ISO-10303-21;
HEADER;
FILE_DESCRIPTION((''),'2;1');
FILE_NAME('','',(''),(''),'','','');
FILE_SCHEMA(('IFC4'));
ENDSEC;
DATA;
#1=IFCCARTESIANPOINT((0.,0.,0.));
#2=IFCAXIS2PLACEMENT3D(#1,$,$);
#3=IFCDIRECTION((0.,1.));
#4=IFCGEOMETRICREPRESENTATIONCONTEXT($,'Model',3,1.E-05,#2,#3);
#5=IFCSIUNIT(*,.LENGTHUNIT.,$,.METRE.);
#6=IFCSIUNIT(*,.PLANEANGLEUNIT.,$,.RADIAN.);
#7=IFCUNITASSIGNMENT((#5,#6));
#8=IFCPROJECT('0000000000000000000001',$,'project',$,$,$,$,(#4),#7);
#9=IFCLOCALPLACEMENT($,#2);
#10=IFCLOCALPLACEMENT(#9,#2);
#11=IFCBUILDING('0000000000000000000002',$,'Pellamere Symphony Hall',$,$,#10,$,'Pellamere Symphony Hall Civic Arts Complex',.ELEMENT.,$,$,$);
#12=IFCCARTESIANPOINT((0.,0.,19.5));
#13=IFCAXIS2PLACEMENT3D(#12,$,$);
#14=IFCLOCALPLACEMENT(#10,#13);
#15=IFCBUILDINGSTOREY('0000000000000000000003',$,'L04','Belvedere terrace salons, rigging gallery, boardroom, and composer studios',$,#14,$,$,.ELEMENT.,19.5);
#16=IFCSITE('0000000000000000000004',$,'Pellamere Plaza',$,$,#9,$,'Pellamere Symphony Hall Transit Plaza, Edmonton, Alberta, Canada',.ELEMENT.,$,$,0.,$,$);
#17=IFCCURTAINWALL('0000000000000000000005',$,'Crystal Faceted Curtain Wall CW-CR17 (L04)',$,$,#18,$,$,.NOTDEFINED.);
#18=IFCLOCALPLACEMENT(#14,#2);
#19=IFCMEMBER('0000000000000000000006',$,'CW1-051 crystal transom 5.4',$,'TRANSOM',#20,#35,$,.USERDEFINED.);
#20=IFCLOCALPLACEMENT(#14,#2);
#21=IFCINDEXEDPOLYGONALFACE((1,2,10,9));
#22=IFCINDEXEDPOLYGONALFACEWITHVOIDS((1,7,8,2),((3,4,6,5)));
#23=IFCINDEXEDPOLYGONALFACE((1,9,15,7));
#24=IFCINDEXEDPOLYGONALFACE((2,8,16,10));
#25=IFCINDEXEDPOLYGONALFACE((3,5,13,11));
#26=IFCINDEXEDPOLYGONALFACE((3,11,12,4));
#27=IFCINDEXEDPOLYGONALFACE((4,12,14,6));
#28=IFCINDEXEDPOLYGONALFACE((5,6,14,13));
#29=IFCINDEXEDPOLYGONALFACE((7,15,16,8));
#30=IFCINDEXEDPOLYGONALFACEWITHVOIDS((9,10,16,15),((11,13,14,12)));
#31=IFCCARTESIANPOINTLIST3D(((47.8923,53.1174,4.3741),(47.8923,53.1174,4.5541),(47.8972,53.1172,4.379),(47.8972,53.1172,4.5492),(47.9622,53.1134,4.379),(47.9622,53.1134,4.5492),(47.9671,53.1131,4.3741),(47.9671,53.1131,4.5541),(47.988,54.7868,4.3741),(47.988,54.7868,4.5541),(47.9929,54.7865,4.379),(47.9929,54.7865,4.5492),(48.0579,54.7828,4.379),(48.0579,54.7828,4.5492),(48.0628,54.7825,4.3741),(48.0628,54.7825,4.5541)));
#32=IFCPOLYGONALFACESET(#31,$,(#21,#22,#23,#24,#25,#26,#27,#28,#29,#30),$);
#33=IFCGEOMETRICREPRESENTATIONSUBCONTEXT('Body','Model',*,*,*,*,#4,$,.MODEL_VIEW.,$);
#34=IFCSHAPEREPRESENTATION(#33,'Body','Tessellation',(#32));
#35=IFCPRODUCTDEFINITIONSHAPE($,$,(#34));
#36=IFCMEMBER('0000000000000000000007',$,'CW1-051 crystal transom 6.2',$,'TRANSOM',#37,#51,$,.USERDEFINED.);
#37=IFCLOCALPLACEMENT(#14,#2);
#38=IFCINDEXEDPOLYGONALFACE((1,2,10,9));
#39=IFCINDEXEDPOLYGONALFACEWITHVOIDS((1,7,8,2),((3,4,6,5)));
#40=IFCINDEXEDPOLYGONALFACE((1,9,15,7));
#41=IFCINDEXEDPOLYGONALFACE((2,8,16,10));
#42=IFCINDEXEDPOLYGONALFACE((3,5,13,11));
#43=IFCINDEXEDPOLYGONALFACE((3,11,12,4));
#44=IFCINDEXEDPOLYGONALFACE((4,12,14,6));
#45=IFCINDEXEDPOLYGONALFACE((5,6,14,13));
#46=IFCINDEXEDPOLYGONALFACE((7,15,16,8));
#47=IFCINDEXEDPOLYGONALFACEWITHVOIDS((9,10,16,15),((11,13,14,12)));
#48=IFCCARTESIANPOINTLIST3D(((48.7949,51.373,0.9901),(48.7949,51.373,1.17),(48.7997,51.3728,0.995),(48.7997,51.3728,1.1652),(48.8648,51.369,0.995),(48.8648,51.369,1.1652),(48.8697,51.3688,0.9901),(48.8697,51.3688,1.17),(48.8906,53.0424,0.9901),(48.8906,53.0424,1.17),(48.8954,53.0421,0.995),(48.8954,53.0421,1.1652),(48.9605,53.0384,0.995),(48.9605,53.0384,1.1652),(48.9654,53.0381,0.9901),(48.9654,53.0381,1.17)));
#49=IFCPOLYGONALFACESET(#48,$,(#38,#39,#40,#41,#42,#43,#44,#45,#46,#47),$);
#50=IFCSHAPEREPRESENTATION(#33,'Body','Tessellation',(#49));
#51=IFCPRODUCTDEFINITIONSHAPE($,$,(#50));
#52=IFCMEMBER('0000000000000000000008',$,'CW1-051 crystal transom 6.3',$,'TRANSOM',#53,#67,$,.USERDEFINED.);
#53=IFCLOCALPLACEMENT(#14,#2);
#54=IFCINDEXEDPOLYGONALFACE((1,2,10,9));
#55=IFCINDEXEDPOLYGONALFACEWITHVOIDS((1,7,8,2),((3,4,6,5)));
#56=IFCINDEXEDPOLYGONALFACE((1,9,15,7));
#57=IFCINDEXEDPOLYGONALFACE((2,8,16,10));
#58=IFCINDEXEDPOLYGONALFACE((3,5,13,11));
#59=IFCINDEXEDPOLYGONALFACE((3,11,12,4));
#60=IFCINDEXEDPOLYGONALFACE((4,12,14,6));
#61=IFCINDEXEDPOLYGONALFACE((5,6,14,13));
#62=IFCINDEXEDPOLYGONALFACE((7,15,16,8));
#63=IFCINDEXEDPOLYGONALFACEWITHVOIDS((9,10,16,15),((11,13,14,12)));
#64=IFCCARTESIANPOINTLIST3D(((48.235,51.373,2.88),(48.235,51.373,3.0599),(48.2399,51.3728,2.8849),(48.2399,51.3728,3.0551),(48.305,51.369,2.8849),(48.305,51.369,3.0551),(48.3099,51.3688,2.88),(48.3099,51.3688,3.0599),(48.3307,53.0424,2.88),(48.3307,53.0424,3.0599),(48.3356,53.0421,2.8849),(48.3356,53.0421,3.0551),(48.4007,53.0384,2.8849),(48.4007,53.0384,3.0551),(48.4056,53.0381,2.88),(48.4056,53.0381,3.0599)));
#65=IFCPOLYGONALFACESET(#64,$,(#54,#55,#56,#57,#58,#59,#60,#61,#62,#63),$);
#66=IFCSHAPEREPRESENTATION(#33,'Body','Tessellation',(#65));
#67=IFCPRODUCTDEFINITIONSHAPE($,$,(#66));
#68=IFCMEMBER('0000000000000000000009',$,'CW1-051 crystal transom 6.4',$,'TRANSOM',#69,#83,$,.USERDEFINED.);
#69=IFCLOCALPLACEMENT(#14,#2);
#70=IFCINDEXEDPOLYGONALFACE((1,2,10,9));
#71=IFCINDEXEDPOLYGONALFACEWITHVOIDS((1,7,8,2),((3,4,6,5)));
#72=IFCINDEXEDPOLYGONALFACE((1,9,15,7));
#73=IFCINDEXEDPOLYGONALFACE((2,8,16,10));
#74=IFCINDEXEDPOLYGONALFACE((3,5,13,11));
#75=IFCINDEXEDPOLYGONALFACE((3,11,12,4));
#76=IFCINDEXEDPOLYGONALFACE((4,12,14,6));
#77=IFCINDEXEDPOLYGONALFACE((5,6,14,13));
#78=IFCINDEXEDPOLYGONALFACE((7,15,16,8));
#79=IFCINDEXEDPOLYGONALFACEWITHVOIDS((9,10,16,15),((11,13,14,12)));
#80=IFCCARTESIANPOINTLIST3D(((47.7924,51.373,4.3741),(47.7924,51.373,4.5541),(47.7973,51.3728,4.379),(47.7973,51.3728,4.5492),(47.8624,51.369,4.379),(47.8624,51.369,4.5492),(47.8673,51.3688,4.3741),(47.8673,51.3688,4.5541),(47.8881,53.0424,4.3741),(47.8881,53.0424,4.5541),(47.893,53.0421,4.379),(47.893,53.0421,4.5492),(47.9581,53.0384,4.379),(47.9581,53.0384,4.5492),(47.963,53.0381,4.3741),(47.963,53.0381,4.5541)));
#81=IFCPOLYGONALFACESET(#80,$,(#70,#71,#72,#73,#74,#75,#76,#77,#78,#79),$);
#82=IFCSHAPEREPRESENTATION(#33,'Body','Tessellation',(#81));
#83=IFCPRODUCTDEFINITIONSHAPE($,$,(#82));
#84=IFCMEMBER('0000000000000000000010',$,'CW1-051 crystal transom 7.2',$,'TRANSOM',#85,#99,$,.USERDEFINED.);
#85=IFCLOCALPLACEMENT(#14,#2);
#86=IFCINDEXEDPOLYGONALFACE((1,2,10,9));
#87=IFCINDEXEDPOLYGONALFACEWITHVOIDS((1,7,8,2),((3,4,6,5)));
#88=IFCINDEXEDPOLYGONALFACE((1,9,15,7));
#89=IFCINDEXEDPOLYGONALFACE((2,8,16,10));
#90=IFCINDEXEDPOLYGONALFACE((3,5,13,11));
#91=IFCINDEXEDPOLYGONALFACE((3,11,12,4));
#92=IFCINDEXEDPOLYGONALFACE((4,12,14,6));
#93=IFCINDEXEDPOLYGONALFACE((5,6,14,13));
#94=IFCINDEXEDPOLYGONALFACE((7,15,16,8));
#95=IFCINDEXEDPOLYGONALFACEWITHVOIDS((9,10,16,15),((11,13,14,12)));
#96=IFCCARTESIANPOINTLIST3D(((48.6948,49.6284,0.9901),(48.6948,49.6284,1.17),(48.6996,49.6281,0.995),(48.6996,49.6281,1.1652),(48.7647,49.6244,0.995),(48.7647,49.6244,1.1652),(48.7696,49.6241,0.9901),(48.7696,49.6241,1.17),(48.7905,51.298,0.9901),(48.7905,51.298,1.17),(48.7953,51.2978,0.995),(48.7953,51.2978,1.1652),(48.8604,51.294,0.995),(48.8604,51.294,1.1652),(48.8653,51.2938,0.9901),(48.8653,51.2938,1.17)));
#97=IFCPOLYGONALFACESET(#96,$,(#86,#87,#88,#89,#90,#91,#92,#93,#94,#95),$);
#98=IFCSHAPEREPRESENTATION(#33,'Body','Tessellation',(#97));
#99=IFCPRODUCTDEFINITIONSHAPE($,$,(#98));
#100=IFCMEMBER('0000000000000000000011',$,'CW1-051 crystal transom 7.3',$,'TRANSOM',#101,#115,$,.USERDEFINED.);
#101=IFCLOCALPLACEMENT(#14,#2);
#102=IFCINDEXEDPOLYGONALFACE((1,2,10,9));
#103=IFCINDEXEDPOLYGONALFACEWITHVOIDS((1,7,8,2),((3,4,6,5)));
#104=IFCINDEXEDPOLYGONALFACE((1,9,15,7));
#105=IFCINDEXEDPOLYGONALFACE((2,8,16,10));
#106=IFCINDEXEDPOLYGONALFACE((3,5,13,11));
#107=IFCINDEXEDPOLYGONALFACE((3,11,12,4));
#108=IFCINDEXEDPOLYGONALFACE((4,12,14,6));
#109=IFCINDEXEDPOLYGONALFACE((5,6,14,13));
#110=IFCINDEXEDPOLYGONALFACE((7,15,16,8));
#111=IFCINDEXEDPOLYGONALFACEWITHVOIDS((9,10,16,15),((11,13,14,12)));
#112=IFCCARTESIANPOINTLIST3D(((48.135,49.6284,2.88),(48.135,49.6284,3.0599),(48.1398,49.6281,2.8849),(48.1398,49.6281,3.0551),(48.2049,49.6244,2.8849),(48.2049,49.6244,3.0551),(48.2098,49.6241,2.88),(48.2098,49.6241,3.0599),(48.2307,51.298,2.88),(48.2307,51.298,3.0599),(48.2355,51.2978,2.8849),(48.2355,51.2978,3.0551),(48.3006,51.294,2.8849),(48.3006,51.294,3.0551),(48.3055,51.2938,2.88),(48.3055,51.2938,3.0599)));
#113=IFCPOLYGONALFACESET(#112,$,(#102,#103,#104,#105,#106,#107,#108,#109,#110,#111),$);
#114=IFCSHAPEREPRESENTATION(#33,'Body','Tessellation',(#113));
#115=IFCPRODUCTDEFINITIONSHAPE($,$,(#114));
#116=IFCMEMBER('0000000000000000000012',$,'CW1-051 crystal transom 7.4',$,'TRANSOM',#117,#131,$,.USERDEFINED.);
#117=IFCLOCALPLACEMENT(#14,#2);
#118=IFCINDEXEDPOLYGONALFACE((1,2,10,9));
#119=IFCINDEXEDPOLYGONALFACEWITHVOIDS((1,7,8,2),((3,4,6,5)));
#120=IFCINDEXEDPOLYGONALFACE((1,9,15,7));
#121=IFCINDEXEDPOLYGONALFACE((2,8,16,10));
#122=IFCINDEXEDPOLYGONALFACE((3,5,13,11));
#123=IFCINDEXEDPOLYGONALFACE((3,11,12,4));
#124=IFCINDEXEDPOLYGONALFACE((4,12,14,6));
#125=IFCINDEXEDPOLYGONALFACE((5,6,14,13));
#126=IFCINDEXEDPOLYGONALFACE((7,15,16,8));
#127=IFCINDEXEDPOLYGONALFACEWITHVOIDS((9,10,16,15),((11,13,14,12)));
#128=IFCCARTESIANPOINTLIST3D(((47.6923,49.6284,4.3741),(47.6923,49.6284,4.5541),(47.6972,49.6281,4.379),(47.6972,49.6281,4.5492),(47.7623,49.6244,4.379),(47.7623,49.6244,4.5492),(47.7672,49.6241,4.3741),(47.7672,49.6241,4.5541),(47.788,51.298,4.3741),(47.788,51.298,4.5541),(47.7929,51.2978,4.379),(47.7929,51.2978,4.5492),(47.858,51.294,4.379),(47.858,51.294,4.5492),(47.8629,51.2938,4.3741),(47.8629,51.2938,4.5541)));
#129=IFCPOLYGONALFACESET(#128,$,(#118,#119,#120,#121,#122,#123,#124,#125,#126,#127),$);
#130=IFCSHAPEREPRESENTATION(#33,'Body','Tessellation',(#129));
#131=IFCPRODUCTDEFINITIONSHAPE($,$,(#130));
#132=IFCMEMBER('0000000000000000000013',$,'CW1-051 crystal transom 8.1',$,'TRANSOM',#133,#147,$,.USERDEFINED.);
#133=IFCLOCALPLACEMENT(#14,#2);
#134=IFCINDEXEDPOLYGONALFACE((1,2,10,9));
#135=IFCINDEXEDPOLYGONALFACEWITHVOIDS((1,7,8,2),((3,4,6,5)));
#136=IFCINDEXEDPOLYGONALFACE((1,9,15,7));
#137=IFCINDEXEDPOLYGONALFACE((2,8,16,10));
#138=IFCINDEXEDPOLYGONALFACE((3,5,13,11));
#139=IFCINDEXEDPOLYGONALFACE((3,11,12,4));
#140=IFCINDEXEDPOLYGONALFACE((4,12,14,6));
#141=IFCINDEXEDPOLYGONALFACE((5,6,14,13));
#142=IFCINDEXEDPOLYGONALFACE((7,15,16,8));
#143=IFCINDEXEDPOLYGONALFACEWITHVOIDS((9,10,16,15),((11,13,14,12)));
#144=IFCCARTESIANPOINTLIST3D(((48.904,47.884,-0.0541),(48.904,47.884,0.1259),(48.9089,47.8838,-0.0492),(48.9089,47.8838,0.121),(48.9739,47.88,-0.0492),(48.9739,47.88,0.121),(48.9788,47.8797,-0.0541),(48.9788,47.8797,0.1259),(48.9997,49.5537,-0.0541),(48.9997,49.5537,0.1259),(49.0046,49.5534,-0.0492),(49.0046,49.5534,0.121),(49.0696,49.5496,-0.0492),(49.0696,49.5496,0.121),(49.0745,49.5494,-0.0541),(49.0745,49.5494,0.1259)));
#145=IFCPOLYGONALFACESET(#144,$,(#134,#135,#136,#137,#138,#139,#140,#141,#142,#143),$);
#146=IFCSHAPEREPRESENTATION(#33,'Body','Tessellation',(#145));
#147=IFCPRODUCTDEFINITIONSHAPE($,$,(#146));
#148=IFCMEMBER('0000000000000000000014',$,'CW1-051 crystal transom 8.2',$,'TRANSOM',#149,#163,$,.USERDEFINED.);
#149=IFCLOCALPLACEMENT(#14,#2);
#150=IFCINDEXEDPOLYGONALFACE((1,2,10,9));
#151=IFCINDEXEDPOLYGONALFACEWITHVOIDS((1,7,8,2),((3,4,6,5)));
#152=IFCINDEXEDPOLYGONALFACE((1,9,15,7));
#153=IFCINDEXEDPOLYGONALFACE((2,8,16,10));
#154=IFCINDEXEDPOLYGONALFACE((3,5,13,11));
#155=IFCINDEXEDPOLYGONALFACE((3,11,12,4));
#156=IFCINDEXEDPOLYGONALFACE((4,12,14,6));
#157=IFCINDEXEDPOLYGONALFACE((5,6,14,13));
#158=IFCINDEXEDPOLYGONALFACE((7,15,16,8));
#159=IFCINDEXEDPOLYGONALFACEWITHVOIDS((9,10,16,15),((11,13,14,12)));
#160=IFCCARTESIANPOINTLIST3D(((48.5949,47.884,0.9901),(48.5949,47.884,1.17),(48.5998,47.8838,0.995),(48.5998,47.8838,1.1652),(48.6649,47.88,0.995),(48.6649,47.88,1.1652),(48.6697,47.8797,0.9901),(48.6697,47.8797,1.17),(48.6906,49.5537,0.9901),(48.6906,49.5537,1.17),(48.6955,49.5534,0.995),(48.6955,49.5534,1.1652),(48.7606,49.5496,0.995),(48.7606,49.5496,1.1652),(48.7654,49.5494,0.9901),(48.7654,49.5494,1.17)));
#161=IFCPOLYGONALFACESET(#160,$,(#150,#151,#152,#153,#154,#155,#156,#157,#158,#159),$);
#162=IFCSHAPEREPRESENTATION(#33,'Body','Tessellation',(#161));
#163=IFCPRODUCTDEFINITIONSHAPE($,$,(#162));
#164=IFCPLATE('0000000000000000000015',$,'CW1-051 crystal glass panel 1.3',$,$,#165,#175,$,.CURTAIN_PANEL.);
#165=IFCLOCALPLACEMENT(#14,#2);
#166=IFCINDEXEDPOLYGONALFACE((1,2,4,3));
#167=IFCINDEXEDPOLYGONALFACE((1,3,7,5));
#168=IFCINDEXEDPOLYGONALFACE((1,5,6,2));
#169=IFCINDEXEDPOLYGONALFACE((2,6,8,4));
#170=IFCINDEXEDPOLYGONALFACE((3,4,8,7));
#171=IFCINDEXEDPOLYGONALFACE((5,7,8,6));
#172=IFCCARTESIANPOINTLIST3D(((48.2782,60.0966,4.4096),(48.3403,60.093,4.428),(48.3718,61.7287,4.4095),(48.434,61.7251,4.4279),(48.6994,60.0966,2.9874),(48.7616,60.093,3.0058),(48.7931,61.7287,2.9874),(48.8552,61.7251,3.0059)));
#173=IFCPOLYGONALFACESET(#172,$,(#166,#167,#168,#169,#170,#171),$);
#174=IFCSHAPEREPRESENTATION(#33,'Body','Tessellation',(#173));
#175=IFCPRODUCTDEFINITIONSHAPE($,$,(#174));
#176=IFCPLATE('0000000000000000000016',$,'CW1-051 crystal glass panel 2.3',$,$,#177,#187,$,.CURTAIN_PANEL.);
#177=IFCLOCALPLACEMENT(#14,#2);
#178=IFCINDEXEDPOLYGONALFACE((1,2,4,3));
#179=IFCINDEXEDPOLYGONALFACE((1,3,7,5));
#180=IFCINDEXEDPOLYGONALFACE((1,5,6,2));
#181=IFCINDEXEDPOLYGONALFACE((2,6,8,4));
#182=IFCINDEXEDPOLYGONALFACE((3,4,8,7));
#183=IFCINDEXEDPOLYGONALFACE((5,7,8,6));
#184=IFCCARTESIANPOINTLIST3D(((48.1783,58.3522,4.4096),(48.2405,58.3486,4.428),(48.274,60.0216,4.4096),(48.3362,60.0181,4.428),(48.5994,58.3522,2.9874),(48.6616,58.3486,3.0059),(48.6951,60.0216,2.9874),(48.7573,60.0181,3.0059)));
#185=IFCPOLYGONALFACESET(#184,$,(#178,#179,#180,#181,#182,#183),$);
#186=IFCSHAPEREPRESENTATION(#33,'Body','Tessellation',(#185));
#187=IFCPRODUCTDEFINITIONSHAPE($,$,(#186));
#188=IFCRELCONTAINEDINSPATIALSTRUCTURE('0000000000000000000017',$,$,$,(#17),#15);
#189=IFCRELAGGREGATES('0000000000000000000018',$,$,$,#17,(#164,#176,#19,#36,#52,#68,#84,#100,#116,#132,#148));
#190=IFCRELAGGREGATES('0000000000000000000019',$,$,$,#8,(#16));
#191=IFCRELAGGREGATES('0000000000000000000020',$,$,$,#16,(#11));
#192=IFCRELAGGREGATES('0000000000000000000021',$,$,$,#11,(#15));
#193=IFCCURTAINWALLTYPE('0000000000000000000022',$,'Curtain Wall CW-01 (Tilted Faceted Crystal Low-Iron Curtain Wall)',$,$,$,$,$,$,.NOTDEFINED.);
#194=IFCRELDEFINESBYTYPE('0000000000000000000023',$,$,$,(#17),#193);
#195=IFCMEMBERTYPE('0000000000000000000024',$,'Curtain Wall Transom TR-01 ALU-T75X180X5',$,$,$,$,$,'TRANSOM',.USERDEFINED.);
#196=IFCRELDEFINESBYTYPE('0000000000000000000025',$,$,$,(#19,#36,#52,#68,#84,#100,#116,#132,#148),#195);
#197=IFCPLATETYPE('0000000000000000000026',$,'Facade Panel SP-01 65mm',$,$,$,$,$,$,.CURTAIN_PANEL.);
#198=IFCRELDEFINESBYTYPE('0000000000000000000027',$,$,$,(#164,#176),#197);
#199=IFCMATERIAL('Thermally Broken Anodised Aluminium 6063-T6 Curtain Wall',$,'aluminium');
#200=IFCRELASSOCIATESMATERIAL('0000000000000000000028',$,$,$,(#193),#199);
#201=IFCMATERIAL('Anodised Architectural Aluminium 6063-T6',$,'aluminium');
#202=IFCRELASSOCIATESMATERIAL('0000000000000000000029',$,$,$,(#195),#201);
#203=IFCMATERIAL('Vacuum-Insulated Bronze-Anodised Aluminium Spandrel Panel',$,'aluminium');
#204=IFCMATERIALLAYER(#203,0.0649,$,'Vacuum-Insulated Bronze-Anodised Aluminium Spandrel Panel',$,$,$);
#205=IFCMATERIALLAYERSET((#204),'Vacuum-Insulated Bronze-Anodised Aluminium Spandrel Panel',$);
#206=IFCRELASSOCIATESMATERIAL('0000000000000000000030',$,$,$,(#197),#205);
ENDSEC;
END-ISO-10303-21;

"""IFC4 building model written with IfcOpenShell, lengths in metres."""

from ifc_helpers import new_model, si_unit, direction, frame, origin, origin_2d, place, context, subcontext, project, spatial, polyline, hollow_rectangle, outline, extrude, material, layer, layer_set, material_profile, profile_set, type_object, element, aggregate, save


model = new_model("IFC4")

# Units and contexts
model_context = context("Model", 3, precision=1e-05, world=origin(), true_north=direction((0.0, 1.0)))
body_context = subcontext(model_context, "Body", "Model", "MODEL_VIEW")
ifc_project = project(units=[si_unit("LENGTHUNIT", "METRE"), si_unit("PLANEANGLEUNIT", "RADIAN")], contexts=[model_context])

# Site, building, storey
site_placement = place(None, origin())
site = spatial("IfcSite", under=ifc_project, at=site_placement, Name="Pellamere Plaza", LongName="Pellamere Symphony Hall Transit Plaza, Edmonton, Alberta, Canada", CompositionType="ELEMENT", RefElevation=0.0)
building_placement = place(site_placement, origin())
building = spatial("IfcBuilding", under=site, at=building_placement, Name="Pellamere Symphony Hall", LongName="Pellamere Symphony Hall Civic Arts Complex", CompositionType="ELEMENT")
storey_placement = place(building_placement, frame((0.0, 0.0, 19.5)))
storey = spatial("IfcBuildingStorey", under=building, at=storey_placement, Name="L04", Description="Belvedere terrace salons, rigging gallery, boardroom, and composer studios", CompositionType="ELEMENT", Elevation=19.5)

# Curtain wall, members, plates
ifc_material_1 = material(Name="Thermally Broken Anodised Aluminium 6063-T6 Curtain Wall", Category="aluminium")
curtain_wall_type = type_object("IfcCurtainWallType", Name="Curtain Wall CW-01 (Tilted Faceted Crystal Low-Iron Curtain Wall)", PredefinedType="NOTDEFINED", material=ifc_material_1)
curtain_wall_placement = place(storey_placement, origin())
curtain_wall = element("IfcCurtainWall", 1, at=curtain_wall_placement, inside=storey, type_object=curtain_wall_type, Name="Crystal Faceted Curtain Wall CW-CR17 (L04)", PredefinedType="NOTDEFINED")
ifc_material_2 = material(Name="Anodised Architectural Aluminium 6063-T6", Category="aluminium")
ifc_material_profile_1 = material_profile(ifc_material_2, hollow_rectangle(XDim=0.075, YDim=0.1799, WallThickness=0.0049, at=origin_2d()), Name="ALU-T75X180X5")
ifc_profile_set_1 = profile_set([ifc_material_profile_1], Name="Anodised Architectural Aluminium 6063-T6")
member_type_1 = type_object("IfcMemberType", Name="Curtain Wall Transom TR-01 ALU-T75X180X5", ElementType="TRANSOM", PredefinedType="USERDEFINED", material=ifc_profile_set_1)
member_1_placement = place(storey_placement, frame((48.0254, 54.7847, 4.4641), z_axis=(-0.057233, -0.998361, 0.0), x_axis=(0.998361, -0.057233, 0.0)))
member_1 = element("IfcMember", 2, at=member_1_placement, type_object=member_type_1, Name="CW1-051 crystal transom 5.4", ObjectType="TRANSOM", PredefinedType="USERDEFINED", context=body_context, shape_type="SweptSolid", body=[
    extrude(hollow_rectangle(XDim=0.075, YDim=0.1799, WallThickness=0.0049, at=origin_2d()), origin(), (0.0, 0.0, 1.0), 1.6721),
])
member_2_placement = place(storey_placement, frame((48.928, 53.0403, 1.0801), z_axis=(-0.057233, -0.998361, 0.0), x_axis=(0.998361, -0.057233, 0.0)))
member_2 = element("IfcMember", 3, at=member_2_placement, type_object=member_type_1, Name="CW1-051 crystal transom 6.2", ObjectType="TRANSOM", PredefinedType="USERDEFINED", context=body_context, shape_type="SweptSolid", body=[
    extrude(hollow_rectangle(XDim=0.075, YDim=0.1799, WallThickness=0.0049, at=origin_2d()), origin(), (0.0, 0.0, 1.0), 1.6721),
])
member_3_placement = place(storey_placement, frame((48.3682, 53.0403, 2.97), z_axis=(-0.057233, -0.998361, 0.0), x_axis=(0.998361, -0.057233, 0.0)))
member_3 = element("IfcMember", 4, at=member_3_placement, type_object=member_type_1, Name="CW1-051 crystal transom 6.3", ObjectType="TRANSOM", PredefinedType="USERDEFINED", context=body_context, shape_type="SweptSolid", body=[
    extrude(hollow_rectangle(XDim=0.075, YDim=0.1799, WallThickness=0.0049, at=origin_2d()), origin(), (0.0, 0.0, 1.0), 1.6721),
])
member_4_placement = place(storey_placement, frame((47.9255, 53.0403, 4.4641), z_axis=(-0.057233, -0.998361, 0.0), x_axis=(0.998361, -0.057233, 0.0)))
member_4 = element("IfcMember", 5, at=member_4_placement, type_object=member_type_1, Name="CW1-051 crystal transom 6.4", ObjectType="TRANSOM", PredefinedType="USERDEFINED", context=body_context, shape_type="SweptSolid", body=[
    extrude(hollow_rectangle(XDim=0.075, YDim=0.1799, WallThickness=0.0049, at=origin_2d()), origin(), (0.0, 0.0, 1.0), 1.6721),
])
member_5_placement = place(storey_placement, frame((48.8279, 51.2959, 1.0801), z_axis=(-0.057224, -0.998361, 0.0), x_axis=(0.998361, -0.057224, 0.0)))
member_5 = element("IfcMember", 6, at=member_5_placement, type_object=member_type_1, Name="CW1-051 crystal transom 7.2", ObjectType="TRANSOM", PredefinedType="USERDEFINED", context=body_context, shape_type="SweptSolid", body=[
    extrude(hollow_rectangle(XDim=0.075, YDim=0.1799, WallThickness=0.0049, at=origin_2d()), origin(), (0.0, 0.0, 1.0), 1.6724),
])
member_6_placement = place(storey_placement, frame((48.2681, 51.2959, 2.97), z_axis=(-0.057224, -0.998361, 0.0), x_axis=(0.998361, -0.057224, 0.0)))
member_6 = element("IfcMember", 7, at=member_6_placement, type_object=member_type_1, Name="CW1-051 crystal transom 7.3", ObjectType="TRANSOM", PredefinedType="USERDEFINED", context=body_context, shape_type="SweptSolid", body=[
    extrude(hollow_rectangle(XDim=0.075, YDim=0.1799, WallThickness=0.0049, at=origin_2d()), origin(), (0.0, 0.0, 1.0), 1.6724),
])
member_7_placement = place(storey_placement, frame((47.8254, 51.2959, 4.4641), z_axis=(-0.057224, -0.998361, 0.0), x_axis=(0.998361, -0.057224, 0.0)))
member_7 = element("IfcMember", 8, at=member_7_placement, type_object=member_type_1, Name="CW1-051 crystal transom 7.4", ObjectType="TRANSOM", PredefinedType="USERDEFINED", context=body_context, shape_type="SweptSolid", body=[
    extrude(hollow_rectangle(XDim=0.075, YDim=0.1799, WallThickness=0.0049, at=origin_2d()), origin(), (0.0, 0.0, 1.0), 1.6724),
])
member_8_placement = place(storey_placement, frame((49.0371, 49.5515, 0.0359), z_axis=(-0.057224, -0.998361, 0.0), x_axis=(0.998361, -0.057224, 0.0)))
member_8 = element("IfcMember", 9, at=member_8_placement, type_object=member_type_1, Name="CW1-051 crystal transom 8.1", ObjectType="TRANSOM", PredefinedType="USERDEFINED", context=body_context, shape_type="SweptSolid", body=[
    extrude(hollow_rectangle(XDim=0.075, YDim=0.1799, WallThickness=0.0049, at=origin_2d()), origin(), (0.0, 0.0, 1.0), 1.6724),
])
member_9_placement = place(storey_placement, frame((48.728, 49.5515, 1.0801), z_axis=(-0.057224, -0.998361, 0.0), x_axis=(0.998361, -0.057224, 0.0)))
member_9 = element("IfcMember", 10, at=member_9_placement, type_object=member_type_1, Name="CW1-051 crystal transom 8.2", ObjectType="TRANSOM", PredefinedType="USERDEFINED", context=body_context, shape_type="SweptSolid", body=[
    extrude(hollow_rectangle(XDim=0.075, YDim=0.1799, WallThickness=0.0049, at=origin_2d()), origin(), (0.0, 0.0, 1.0), 1.6724),
])
ifc_material_3 = material(Name="Vacuum-Insulated Bronze-Anodised Aluminium Spandrel Panel", Category="aluminium")
ifc_layer = layer(ifc_material_3, 0.0649, Name="Vacuum-Insulated Bronze-Anodised Aluminium Spandrel Panel")
ifc_layer_set = layer_set([ifc_layer], Name="Vacuum-Insulated Bronze-Anodised Aluminium Spandrel Panel")
plate_type = type_object("IfcPlateType", Name="Facade Panel SP-01 65mm", PredefinedType="CURTAIN_PANEL", material=ifc_layer_set)
plate_1_placement = place(storey_placement, frame((48.8552, 61.7251, 3.0059), z_axis=(0.95737, -0.054922, 0.283595), x_axis=(-0.057267, -0.998359, -0.00002)))
plate_1 = element("IfcPlate", 11, at=plate_1_placement, type_object=plate_type, Name="CW1-051 crystal glass panel 1.3", PredefinedType="CURTAIN_PANEL", context=body_context, shape_type="SweptSolid", body=[
    extrude(outline(polyline([(0.0, 0.0), (1.6348, 0.0), (1.6589, -1.483), (0.0241, -1.483), (0.0, 0.0)])), origin(), (0.0, 0.0, -1.0), 0.0649),
])
plate_2_placement = place(storey_placement, frame((48.7573, 60.0181, 3.0059), z_axis=(0.957394, -0.054884, 0.28352), x_axis=(-0.057233, -0.998361, 0.0)))
plate_2 = element("IfcPlate", 12, at=plate_2_placement, type_object=plate_type, Name="CW1-051 crystal glass panel 2.3", PredefinedType="CURTAIN_PANEL", context=body_context, shape_type="SweptSolid", body=[
    extrude(outline(polyline([(0.0, 0.0), (1.6722, 0.0), (1.6963, -1.483), (0.0241, -1.483), (0.0, 0.0)])), origin(), (0.0, 0.0, -1.0), 0.0649),
])
aggregate(curtain_wall, [plate_1, plate_2, member_1, member_2, member_3, member_4, member_5, member_6, member_7, member_8, member_9])

save(model, "model.ifc")
